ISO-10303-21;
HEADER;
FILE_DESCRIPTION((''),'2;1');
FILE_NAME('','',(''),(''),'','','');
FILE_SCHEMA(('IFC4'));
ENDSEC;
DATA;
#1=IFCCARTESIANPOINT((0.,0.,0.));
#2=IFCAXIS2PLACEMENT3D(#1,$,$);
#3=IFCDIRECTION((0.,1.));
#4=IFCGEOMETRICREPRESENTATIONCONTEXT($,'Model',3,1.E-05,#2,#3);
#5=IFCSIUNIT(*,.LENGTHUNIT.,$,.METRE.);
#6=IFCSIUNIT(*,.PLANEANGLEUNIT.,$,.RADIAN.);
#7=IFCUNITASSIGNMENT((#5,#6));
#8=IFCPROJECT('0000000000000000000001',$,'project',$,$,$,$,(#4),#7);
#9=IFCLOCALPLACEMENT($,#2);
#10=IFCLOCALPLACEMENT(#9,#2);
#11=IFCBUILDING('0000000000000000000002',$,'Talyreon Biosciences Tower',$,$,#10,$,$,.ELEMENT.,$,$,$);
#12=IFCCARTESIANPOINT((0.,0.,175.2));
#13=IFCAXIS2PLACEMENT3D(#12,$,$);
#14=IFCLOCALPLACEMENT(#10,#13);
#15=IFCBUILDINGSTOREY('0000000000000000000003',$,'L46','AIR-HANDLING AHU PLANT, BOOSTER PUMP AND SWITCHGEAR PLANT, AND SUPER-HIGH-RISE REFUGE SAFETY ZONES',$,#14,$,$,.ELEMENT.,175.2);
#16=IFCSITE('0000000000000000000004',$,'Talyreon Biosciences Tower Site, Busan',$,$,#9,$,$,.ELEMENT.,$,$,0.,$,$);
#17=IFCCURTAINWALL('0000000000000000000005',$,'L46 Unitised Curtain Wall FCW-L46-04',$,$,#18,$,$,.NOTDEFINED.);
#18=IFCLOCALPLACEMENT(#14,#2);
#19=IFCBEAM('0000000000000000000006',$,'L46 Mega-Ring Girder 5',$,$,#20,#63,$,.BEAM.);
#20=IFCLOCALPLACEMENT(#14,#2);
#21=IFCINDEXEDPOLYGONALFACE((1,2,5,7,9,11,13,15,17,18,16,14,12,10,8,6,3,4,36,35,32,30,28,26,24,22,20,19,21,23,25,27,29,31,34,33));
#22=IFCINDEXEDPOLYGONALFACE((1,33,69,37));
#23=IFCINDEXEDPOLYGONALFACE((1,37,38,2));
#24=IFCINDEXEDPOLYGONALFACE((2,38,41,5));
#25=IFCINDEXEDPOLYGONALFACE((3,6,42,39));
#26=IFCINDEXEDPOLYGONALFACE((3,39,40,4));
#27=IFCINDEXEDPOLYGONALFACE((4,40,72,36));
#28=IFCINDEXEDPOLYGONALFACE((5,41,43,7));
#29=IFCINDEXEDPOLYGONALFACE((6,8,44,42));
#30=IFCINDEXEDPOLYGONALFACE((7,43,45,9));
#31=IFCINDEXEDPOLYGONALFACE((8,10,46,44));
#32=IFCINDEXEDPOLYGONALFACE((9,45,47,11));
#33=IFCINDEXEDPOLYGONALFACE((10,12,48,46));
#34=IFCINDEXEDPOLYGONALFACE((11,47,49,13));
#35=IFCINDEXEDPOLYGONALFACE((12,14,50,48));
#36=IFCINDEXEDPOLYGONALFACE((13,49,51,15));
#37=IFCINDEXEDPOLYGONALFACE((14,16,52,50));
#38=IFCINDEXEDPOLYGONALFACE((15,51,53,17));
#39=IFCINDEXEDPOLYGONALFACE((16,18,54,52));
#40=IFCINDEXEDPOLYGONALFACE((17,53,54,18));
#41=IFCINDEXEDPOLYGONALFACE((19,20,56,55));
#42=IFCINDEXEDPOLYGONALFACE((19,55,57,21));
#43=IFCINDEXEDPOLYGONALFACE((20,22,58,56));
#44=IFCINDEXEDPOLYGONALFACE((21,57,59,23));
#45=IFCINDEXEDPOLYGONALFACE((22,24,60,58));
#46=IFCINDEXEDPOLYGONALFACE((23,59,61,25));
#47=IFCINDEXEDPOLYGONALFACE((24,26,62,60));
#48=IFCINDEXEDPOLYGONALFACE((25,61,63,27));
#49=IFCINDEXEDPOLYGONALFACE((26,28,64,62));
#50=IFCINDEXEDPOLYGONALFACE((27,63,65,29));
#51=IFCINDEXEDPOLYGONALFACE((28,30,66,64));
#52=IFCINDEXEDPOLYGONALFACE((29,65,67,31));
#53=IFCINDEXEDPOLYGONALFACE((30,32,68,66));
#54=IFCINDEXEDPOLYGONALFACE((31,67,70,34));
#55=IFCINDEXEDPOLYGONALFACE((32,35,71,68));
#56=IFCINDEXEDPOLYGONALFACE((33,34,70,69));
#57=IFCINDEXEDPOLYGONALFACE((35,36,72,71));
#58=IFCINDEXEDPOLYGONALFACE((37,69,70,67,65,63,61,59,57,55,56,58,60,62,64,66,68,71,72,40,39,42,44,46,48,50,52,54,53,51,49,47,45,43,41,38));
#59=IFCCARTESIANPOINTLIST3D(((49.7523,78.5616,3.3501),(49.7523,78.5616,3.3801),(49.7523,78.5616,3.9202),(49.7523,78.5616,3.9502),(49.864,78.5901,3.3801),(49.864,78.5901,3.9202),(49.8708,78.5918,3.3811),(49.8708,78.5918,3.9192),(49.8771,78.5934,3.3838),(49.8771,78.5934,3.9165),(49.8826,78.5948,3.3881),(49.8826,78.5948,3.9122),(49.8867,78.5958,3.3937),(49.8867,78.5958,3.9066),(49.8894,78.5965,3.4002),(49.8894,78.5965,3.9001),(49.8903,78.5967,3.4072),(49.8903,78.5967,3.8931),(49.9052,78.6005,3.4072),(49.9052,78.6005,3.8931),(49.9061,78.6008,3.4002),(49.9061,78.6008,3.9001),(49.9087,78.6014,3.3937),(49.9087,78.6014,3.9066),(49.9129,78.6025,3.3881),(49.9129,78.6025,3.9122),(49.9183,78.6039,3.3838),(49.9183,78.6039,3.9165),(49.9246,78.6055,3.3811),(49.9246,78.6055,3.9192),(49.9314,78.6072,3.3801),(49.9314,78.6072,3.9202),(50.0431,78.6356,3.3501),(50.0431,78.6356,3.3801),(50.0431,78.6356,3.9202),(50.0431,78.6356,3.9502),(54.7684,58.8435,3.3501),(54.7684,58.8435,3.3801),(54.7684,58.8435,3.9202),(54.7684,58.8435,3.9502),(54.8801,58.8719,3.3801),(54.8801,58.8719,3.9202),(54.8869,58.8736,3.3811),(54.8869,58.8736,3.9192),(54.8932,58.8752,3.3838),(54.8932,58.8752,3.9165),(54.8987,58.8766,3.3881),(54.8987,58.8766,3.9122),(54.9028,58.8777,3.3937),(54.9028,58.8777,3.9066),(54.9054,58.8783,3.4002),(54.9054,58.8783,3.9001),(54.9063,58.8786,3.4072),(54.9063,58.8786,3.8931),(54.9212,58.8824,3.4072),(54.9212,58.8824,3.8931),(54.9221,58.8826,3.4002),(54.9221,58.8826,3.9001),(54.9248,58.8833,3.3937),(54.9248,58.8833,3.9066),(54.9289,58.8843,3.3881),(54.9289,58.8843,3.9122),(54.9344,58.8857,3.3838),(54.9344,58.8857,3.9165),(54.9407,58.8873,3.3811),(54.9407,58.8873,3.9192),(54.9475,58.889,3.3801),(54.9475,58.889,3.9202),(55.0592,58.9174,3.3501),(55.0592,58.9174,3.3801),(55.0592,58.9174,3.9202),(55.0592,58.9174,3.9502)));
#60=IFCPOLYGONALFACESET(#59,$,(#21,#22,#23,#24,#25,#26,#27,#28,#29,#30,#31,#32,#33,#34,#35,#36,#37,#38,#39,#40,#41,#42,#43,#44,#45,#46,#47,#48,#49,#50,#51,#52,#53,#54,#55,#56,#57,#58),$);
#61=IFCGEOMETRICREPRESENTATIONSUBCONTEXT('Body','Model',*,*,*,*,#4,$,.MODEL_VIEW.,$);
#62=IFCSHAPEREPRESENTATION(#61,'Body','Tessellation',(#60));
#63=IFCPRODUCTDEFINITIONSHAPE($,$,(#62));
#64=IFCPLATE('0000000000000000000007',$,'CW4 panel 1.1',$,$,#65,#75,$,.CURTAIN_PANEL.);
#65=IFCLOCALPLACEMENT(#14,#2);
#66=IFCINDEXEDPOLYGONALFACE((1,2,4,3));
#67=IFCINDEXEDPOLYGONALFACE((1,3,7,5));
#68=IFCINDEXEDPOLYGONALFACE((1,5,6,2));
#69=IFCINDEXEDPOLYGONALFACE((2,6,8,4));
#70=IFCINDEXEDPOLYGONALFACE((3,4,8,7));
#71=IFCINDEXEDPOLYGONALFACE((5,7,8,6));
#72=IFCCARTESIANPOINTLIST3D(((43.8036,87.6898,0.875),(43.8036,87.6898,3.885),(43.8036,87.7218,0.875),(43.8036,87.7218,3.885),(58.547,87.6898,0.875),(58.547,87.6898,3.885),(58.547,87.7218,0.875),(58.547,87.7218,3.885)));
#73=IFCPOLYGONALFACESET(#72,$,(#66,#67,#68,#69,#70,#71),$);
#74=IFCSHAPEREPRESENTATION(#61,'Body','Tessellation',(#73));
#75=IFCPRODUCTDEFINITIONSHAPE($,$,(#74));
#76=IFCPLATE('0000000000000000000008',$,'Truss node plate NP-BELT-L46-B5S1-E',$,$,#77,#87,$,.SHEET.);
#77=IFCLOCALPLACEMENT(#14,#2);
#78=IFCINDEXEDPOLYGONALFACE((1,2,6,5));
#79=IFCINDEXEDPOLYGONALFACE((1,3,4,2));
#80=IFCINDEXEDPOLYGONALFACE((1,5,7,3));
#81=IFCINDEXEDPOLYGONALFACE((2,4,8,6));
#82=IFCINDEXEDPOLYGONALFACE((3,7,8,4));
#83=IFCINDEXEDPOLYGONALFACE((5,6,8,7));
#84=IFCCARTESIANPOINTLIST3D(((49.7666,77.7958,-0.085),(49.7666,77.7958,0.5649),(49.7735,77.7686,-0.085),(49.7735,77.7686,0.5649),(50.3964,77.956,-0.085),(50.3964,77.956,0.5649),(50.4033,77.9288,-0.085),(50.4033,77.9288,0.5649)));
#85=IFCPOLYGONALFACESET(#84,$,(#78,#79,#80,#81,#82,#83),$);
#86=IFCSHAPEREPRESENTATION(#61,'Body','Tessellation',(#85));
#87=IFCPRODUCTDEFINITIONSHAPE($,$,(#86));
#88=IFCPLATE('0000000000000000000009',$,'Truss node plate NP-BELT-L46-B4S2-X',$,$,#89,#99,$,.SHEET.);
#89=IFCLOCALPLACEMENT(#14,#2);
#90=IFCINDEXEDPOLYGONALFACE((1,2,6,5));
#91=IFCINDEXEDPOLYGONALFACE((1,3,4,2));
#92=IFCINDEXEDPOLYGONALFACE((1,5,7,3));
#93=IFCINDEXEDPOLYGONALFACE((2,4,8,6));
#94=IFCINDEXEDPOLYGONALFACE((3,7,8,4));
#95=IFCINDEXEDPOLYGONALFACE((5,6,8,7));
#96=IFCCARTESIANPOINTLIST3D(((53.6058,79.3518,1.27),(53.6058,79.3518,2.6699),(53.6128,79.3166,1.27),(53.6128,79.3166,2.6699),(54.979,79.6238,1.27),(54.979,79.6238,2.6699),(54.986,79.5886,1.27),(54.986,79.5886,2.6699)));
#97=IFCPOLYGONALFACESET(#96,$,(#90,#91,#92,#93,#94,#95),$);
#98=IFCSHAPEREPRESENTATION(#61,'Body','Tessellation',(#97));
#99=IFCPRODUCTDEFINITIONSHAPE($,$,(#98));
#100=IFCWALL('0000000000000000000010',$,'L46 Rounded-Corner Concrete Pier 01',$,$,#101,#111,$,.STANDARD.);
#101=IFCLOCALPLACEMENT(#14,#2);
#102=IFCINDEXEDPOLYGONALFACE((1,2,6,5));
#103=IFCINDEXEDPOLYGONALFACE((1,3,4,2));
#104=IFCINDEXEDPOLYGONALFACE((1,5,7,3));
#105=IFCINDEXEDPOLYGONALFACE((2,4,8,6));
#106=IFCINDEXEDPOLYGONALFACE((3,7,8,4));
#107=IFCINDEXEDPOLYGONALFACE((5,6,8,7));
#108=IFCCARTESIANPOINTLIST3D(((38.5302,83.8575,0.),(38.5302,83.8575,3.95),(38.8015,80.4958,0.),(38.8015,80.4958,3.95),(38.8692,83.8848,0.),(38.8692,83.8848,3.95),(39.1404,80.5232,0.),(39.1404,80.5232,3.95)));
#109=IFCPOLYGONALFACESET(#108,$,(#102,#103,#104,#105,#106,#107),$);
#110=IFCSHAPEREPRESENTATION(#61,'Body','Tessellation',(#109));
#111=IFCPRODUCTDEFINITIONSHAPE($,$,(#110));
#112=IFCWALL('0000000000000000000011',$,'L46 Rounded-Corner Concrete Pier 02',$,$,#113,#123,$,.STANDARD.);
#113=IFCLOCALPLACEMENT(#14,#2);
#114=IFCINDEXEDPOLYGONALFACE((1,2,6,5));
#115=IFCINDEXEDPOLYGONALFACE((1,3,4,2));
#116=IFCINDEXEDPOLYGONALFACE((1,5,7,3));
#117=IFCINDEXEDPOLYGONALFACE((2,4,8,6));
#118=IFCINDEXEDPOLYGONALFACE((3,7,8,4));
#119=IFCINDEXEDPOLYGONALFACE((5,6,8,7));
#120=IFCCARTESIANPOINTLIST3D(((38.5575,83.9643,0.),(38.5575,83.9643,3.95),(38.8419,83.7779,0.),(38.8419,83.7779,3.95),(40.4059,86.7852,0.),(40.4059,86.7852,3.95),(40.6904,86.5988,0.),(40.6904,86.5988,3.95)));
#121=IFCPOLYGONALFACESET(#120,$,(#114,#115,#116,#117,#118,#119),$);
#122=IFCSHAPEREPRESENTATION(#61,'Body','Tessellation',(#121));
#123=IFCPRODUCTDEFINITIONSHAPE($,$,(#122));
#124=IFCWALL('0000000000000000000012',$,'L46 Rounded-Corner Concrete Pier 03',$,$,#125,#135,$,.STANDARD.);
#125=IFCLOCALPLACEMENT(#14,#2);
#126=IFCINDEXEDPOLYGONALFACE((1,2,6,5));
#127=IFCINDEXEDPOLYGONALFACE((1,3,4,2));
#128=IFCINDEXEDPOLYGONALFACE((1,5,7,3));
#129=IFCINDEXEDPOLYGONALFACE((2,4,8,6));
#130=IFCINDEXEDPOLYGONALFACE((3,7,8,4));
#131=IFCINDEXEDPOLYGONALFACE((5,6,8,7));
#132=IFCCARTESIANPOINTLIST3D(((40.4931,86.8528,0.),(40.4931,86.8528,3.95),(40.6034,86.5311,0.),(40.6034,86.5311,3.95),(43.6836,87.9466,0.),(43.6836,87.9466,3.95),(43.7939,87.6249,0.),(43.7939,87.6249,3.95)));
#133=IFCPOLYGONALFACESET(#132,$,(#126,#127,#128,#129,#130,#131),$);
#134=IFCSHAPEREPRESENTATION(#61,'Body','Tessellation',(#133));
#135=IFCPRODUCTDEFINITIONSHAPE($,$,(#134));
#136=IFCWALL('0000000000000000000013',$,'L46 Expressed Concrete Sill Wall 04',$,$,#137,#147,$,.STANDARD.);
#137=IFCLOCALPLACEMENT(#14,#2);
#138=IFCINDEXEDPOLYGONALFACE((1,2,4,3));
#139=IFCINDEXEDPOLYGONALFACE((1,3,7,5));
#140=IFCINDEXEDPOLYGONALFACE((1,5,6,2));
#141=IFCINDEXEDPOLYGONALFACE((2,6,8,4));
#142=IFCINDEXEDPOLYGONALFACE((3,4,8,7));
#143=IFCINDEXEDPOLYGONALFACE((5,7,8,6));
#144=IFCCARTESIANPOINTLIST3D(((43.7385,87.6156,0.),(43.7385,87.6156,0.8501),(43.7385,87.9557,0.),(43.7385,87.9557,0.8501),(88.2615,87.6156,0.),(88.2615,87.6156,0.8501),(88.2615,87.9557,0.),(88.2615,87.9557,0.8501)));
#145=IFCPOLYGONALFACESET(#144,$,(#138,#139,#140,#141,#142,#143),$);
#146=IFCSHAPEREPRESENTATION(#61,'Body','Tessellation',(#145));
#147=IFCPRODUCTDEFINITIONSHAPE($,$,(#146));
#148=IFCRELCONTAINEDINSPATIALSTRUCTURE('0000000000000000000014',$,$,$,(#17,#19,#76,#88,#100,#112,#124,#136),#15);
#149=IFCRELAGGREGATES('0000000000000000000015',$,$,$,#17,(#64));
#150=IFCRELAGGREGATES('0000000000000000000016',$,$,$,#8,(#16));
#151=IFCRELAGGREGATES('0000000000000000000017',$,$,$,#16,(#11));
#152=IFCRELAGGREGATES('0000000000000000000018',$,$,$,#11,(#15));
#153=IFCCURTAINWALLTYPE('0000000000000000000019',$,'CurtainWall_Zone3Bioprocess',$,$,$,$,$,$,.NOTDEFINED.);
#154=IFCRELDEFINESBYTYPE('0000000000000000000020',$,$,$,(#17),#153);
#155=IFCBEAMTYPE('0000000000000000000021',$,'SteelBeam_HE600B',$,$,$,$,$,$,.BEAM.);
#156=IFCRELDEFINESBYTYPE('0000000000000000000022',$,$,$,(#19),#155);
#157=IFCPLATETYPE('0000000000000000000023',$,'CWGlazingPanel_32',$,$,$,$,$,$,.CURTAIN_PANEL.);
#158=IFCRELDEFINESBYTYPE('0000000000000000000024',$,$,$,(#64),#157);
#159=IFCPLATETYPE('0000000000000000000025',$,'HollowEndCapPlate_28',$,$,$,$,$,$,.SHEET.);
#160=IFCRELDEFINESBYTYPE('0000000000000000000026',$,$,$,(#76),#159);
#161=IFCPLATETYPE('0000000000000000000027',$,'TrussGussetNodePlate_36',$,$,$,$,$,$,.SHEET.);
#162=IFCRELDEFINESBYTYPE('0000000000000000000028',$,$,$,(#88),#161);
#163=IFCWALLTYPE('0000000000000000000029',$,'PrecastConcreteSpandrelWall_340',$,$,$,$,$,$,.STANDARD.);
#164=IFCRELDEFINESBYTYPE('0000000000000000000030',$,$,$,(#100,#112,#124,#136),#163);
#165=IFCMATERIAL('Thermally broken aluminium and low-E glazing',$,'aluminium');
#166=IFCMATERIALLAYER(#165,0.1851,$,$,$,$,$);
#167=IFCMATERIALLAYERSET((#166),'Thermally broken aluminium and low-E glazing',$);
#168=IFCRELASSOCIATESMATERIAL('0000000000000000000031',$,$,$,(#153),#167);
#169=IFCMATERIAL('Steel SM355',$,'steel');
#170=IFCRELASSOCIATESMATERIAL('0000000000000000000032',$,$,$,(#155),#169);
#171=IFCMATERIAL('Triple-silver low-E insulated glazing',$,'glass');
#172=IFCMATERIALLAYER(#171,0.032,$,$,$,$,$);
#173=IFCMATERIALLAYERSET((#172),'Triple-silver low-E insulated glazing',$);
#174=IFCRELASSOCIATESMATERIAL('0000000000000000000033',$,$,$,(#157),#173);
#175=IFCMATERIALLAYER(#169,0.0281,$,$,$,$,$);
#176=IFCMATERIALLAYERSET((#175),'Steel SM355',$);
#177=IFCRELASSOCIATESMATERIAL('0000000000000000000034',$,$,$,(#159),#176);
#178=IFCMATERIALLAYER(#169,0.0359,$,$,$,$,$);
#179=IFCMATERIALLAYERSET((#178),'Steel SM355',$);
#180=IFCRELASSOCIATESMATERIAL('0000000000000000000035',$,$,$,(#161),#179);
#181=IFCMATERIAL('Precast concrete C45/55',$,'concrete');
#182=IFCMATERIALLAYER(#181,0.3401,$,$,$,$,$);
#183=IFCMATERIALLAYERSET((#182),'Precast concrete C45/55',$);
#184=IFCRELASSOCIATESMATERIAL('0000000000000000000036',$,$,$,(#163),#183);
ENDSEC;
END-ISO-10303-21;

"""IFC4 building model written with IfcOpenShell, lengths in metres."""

from ifc_helpers import new_model, si_unit, direction, frame, frame_2d, origin, origin_2d, place, context, subcontext, project, spatial, rectangle, i_section, extrude, material, layer, layer_set, material_profile, profile_set, type_object, element, aggregate, save


model = new_model("IFC4")

# Units and contexts
model_context = context("Model", 3, precision=1e-05, world=origin(), true_north=direction((0.0, 1.0)))
body_context = subcontext(model_context, "Body", "Model", "MODEL_VIEW")
ifc_project = project(units=[si_unit("LENGTHUNIT", "METRE"), si_unit("PLANEANGLEUNIT", "RADIAN")], contexts=[model_context])

# Site, building, storey
site_placement = place(None, origin())
site = spatial("IfcSite", under=ifc_project, at=site_placement, Name="Talyreon Biosciences Tower Site, Busan", CompositionType="ELEMENT", RefElevation=0.0)
building_placement = place(site_placement, origin())
building = spatial("IfcBuilding", under=site, at=building_placement, Name="Talyreon Biosciences Tower", CompositionType="ELEMENT")
storey_placement = place(building_placement, frame((0.0, 0.0, 175.2)))
storey = spatial("IfcBuildingStorey", under=building, at=storey_placement, Name="L46", Description="AIR-HANDLING AHU PLANT, BOOSTER PUMP AND SWITCHGEAR PLANT, AND SUPER-HIGH-RISE REFUGE SAFETY ZONES", CompositionType="ELEMENT", Elevation=175.2)

# Shared definitions
ifc_material_1 = material(Name="Steel SM355", Category="steel")

# Shared definitions
ifc_material_2 = material(Name="Thermally broken aluminium and low-E glazing", Category="aluminium")
ifc_layer_1 = layer(ifc_material_2, 0.1851)
ifc_layer_set_1 = layer_set([ifc_layer_1], Name="Thermally broken aluminium and low-E glazing")
curtain_wall_type = type_object("IfcCurtainWallType", Name="CurtainWall_Zone3Bioprocess", PredefinedType="NOTDEFINED", material=ifc_layer_set_1)

# Curtain wall
curtain_wall_1_placement = place(storey_placement, origin())
curtain_wall_1 = element("IfcCurtainWall", 1, at=curtain_wall_1_placement, inside=storey, type_object=curtain_wall_type, Name="L46 Unitised Curtain Wall FCW-L46-04", PredefinedType="NOTDEFINED")

# Shared definitions
ifc_material_3 = material(Name="Precast concrete C45/55", Category="concrete")

# Beam
ifc_material_profile_1 = material_profile(ifc_material_1, i_section(OverallWidth=0.3, OverallDepth=0.6001, WebThickness=0.0154, FlangeThickness=0.03, FilletRadius=0.0271, at=origin_2d()), Name="HE600B")
ifc_profile_set_1 = profile_set([ifc_material_profile_1], Name="Steel SM355")
beam_type_1 = type_object("IfcBeamType", Name="SteelBeam_HE600B", PredefinedType="BEAM", material=ifc_profile_set_1)
beam_1_placement = place(storey_placement, frame((49.8977, 78.5986, 3.6501), z_axis=(0.246537, -0.969133, 0.0), x_axis=(0.969133, 0.246537, 0.0)))
element("IfcBeam", 2, at=beam_1_placement, inside=storey, type_object=beam_type_1, Name="L46 Mega-Ring Girder 5", PredefinedType="BEAM", context=body_context, shape_type="SweptSolid", body=[
    extrude(i_section(OverallWidth=0.3, OverallDepth=0.6001, WebThickness=0.0154, FlangeThickness=0.03, FilletRadius=0.0271, at=origin_2d()), origin(), (0.0, 0.0, 1.0), 20.3462),
])

# Plate
ifc_material_4 = material(Name="Triple-silver low-E insulated glazing", Category="glass")
ifc_layer_2 = layer(ifc_material_4, 0.032)
ifc_layer_set_2 = layer_set([ifc_layer_2], Name="Triple-silver low-E insulated glazing")
plate_type_1 = type_object("IfcPlateType", Name="CWGlazingPanel_32", PredefinedType="CURTAIN_PANEL", material=ifc_layer_set_2)
plate_1_placement = place(storey_placement, frame((51.1753, 87.7058, 0.875), z_axis=(0.0, 0.0, 1.0), x_axis=(1.0, 0.0, 0.0)))
plate_1 = element("IfcPlate", 3, at=plate_1_placement, type_object=plate_type_1, Name="CW4 panel 1.1", PredefinedType="CURTAIN_PANEL", context=body_context, shape_type="SweptSolid", body=[
    extrude(rectangle(XDim=14.7434, YDim=0.032, at=origin_2d()), origin(), (0.0, 0.0, 1.0), 3.01),
])
aggregate(curtain_wall_1, [plate_1])

# Plates
ifc_layer_3 = layer(ifc_material_1, 0.0281)
ifc_layer_set_3 = layer_set([ifc_layer_3], Name="Steel SM355")
plate_type_2 = type_object("IfcPlateType", Name="HollowEndCapPlate_28", PredefinedType="SHEET", material=ifc_layer_set_3)
plate_2_placement = place(storey_placement, frame((50.085, 77.8623, -0.085), z_axis=(0.0, 0.0, 1.0), x_axis=(0.969132, 0.246542, 0.0)))
element("IfcPlate", 4, at=plate_2_placement, inside=storey, type_object=plate_type_2, Name="Truss node plate NP-BELT-L46-B5S1-E", PredefinedType="SHEET", context=body_context, shape_type="SweptSolid", body=[
    extrude(rectangle(XDim=0.6499, YDim=0.0281, at=origin_2d()), origin(), (0.0, 0.0, 1.0), 0.6499),
])
ifc_layer_4 = layer(ifc_material_1, 0.0359)
ifc_layer_set_4 = layer_set([ifc_layer_4], Name="Steel SM355")
plate_type_3 = type_object("IfcPlateType", Name="TrussGussetNodePlate_36", PredefinedType="SHEET", material=ifc_layer_set_4)
plate_3_placement = place(storey_placement, frame((54.2959, 79.4702, 1.27), z_axis=(0.0, 0.0, 1.0), x_axis=(-0.980935, -0.194337, 0.0)))
element("IfcPlate", 5, at=plate_3_placement, inside=storey, type_object=plate_type_3, Name="Truss node plate NP-BELT-L46-B4S2-X", PredefinedType="SHEET", context=body_context, shape_type="SweptSolid", body=[
    extrude(rectangle(XDim=1.3999, YDim=0.0359, at=origin_2d()), origin(), (0.0, 0.0, 1.0), 1.3999),
])

# Walls
ifc_layer_5 = layer(ifc_material_3, 0.3401)
ifc_layer_set_5 = layer_set([ifc_layer_5], Name="Precast concrete C45/55")
wall_type = type_object("IfcWallType", Name="PrecastConcreteSpandrelWall_340", PredefinedType="STANDARD", material=ifc_layer_set_5)
for number, where, z_axis, x_axis, name in (
    (6, (38.9709, 80.5095, 0.0), (0.0, 0.0, 1.0), (-0.080427, 0.99676, 0.0), "L46 Rounded-Corner Concrete Pier 01"),
    (7, (38.6997, 83.8711, 0.0), (0.0, 0.0, 1.0), (0.548084, 0.836423, 0.0), "L46 Rounded-Corner Concrete Pier 02"),
):
    element("IfcWall", number, at=place(storey_placement, frame(where, z_axis=z_axis, x_axis=x_axis)), inside=storey, type_object=wall_type, Name=name, PredefinedType="STANDARD", context=body_context, shape_type="SweptSolid", body=[
        extrude(rectangle(XDim=3.3726, YDim=0.3401, at=frame_2d((1.6863, 0.0))), origin(), (0.0, 0.0, 1.0), 3.95),
    ])
wall_1_placement = place(storey_placement, frame((40.5481, 86.6919, 0.0), z_axis=(0.0, 0.0, 1.0), x_axis=(0.945956, 0.324295, 0.0)))
element("IfcWall", 8, at=wall_1_placement, inside=storey, type_object=wall_type, Name="L46 Rounded-Corner Concrete Pier 03", PredefinedType="STANDARD", context=body_context, shape_type="SweptSolid", body=[
    extrude(rectangle(XDim=3.3728, YDim=0.3401, at=frame_2d((1.6865, 0.0))), origin(), (0.0, 0.0, 1.0), 3.95),
])
wall_2_placement = place(storey_placement, frame((43.7385, 87.7856, 0.0), z_axis=(0.0, 0.0, 1.0), x_axis=(1.0, 0.0, 0.0)))
element("IfcWall", 9, at=wall_2_placement, inside=storey, type_object=wall_type, Name="L46 Expressed Concrete Sill Wall 04", PredefinedType="STANDARD", context=body_context, shape_type="SweptSolid", body=[
    extrude(rectangle(XDim=44.5229, YDim=0.3401, at=frame_2d((22.2615, 0.0))), origin(), (0.0, 0.0, 1.0), 0.8501),
])

save(model, "model.ifc")
